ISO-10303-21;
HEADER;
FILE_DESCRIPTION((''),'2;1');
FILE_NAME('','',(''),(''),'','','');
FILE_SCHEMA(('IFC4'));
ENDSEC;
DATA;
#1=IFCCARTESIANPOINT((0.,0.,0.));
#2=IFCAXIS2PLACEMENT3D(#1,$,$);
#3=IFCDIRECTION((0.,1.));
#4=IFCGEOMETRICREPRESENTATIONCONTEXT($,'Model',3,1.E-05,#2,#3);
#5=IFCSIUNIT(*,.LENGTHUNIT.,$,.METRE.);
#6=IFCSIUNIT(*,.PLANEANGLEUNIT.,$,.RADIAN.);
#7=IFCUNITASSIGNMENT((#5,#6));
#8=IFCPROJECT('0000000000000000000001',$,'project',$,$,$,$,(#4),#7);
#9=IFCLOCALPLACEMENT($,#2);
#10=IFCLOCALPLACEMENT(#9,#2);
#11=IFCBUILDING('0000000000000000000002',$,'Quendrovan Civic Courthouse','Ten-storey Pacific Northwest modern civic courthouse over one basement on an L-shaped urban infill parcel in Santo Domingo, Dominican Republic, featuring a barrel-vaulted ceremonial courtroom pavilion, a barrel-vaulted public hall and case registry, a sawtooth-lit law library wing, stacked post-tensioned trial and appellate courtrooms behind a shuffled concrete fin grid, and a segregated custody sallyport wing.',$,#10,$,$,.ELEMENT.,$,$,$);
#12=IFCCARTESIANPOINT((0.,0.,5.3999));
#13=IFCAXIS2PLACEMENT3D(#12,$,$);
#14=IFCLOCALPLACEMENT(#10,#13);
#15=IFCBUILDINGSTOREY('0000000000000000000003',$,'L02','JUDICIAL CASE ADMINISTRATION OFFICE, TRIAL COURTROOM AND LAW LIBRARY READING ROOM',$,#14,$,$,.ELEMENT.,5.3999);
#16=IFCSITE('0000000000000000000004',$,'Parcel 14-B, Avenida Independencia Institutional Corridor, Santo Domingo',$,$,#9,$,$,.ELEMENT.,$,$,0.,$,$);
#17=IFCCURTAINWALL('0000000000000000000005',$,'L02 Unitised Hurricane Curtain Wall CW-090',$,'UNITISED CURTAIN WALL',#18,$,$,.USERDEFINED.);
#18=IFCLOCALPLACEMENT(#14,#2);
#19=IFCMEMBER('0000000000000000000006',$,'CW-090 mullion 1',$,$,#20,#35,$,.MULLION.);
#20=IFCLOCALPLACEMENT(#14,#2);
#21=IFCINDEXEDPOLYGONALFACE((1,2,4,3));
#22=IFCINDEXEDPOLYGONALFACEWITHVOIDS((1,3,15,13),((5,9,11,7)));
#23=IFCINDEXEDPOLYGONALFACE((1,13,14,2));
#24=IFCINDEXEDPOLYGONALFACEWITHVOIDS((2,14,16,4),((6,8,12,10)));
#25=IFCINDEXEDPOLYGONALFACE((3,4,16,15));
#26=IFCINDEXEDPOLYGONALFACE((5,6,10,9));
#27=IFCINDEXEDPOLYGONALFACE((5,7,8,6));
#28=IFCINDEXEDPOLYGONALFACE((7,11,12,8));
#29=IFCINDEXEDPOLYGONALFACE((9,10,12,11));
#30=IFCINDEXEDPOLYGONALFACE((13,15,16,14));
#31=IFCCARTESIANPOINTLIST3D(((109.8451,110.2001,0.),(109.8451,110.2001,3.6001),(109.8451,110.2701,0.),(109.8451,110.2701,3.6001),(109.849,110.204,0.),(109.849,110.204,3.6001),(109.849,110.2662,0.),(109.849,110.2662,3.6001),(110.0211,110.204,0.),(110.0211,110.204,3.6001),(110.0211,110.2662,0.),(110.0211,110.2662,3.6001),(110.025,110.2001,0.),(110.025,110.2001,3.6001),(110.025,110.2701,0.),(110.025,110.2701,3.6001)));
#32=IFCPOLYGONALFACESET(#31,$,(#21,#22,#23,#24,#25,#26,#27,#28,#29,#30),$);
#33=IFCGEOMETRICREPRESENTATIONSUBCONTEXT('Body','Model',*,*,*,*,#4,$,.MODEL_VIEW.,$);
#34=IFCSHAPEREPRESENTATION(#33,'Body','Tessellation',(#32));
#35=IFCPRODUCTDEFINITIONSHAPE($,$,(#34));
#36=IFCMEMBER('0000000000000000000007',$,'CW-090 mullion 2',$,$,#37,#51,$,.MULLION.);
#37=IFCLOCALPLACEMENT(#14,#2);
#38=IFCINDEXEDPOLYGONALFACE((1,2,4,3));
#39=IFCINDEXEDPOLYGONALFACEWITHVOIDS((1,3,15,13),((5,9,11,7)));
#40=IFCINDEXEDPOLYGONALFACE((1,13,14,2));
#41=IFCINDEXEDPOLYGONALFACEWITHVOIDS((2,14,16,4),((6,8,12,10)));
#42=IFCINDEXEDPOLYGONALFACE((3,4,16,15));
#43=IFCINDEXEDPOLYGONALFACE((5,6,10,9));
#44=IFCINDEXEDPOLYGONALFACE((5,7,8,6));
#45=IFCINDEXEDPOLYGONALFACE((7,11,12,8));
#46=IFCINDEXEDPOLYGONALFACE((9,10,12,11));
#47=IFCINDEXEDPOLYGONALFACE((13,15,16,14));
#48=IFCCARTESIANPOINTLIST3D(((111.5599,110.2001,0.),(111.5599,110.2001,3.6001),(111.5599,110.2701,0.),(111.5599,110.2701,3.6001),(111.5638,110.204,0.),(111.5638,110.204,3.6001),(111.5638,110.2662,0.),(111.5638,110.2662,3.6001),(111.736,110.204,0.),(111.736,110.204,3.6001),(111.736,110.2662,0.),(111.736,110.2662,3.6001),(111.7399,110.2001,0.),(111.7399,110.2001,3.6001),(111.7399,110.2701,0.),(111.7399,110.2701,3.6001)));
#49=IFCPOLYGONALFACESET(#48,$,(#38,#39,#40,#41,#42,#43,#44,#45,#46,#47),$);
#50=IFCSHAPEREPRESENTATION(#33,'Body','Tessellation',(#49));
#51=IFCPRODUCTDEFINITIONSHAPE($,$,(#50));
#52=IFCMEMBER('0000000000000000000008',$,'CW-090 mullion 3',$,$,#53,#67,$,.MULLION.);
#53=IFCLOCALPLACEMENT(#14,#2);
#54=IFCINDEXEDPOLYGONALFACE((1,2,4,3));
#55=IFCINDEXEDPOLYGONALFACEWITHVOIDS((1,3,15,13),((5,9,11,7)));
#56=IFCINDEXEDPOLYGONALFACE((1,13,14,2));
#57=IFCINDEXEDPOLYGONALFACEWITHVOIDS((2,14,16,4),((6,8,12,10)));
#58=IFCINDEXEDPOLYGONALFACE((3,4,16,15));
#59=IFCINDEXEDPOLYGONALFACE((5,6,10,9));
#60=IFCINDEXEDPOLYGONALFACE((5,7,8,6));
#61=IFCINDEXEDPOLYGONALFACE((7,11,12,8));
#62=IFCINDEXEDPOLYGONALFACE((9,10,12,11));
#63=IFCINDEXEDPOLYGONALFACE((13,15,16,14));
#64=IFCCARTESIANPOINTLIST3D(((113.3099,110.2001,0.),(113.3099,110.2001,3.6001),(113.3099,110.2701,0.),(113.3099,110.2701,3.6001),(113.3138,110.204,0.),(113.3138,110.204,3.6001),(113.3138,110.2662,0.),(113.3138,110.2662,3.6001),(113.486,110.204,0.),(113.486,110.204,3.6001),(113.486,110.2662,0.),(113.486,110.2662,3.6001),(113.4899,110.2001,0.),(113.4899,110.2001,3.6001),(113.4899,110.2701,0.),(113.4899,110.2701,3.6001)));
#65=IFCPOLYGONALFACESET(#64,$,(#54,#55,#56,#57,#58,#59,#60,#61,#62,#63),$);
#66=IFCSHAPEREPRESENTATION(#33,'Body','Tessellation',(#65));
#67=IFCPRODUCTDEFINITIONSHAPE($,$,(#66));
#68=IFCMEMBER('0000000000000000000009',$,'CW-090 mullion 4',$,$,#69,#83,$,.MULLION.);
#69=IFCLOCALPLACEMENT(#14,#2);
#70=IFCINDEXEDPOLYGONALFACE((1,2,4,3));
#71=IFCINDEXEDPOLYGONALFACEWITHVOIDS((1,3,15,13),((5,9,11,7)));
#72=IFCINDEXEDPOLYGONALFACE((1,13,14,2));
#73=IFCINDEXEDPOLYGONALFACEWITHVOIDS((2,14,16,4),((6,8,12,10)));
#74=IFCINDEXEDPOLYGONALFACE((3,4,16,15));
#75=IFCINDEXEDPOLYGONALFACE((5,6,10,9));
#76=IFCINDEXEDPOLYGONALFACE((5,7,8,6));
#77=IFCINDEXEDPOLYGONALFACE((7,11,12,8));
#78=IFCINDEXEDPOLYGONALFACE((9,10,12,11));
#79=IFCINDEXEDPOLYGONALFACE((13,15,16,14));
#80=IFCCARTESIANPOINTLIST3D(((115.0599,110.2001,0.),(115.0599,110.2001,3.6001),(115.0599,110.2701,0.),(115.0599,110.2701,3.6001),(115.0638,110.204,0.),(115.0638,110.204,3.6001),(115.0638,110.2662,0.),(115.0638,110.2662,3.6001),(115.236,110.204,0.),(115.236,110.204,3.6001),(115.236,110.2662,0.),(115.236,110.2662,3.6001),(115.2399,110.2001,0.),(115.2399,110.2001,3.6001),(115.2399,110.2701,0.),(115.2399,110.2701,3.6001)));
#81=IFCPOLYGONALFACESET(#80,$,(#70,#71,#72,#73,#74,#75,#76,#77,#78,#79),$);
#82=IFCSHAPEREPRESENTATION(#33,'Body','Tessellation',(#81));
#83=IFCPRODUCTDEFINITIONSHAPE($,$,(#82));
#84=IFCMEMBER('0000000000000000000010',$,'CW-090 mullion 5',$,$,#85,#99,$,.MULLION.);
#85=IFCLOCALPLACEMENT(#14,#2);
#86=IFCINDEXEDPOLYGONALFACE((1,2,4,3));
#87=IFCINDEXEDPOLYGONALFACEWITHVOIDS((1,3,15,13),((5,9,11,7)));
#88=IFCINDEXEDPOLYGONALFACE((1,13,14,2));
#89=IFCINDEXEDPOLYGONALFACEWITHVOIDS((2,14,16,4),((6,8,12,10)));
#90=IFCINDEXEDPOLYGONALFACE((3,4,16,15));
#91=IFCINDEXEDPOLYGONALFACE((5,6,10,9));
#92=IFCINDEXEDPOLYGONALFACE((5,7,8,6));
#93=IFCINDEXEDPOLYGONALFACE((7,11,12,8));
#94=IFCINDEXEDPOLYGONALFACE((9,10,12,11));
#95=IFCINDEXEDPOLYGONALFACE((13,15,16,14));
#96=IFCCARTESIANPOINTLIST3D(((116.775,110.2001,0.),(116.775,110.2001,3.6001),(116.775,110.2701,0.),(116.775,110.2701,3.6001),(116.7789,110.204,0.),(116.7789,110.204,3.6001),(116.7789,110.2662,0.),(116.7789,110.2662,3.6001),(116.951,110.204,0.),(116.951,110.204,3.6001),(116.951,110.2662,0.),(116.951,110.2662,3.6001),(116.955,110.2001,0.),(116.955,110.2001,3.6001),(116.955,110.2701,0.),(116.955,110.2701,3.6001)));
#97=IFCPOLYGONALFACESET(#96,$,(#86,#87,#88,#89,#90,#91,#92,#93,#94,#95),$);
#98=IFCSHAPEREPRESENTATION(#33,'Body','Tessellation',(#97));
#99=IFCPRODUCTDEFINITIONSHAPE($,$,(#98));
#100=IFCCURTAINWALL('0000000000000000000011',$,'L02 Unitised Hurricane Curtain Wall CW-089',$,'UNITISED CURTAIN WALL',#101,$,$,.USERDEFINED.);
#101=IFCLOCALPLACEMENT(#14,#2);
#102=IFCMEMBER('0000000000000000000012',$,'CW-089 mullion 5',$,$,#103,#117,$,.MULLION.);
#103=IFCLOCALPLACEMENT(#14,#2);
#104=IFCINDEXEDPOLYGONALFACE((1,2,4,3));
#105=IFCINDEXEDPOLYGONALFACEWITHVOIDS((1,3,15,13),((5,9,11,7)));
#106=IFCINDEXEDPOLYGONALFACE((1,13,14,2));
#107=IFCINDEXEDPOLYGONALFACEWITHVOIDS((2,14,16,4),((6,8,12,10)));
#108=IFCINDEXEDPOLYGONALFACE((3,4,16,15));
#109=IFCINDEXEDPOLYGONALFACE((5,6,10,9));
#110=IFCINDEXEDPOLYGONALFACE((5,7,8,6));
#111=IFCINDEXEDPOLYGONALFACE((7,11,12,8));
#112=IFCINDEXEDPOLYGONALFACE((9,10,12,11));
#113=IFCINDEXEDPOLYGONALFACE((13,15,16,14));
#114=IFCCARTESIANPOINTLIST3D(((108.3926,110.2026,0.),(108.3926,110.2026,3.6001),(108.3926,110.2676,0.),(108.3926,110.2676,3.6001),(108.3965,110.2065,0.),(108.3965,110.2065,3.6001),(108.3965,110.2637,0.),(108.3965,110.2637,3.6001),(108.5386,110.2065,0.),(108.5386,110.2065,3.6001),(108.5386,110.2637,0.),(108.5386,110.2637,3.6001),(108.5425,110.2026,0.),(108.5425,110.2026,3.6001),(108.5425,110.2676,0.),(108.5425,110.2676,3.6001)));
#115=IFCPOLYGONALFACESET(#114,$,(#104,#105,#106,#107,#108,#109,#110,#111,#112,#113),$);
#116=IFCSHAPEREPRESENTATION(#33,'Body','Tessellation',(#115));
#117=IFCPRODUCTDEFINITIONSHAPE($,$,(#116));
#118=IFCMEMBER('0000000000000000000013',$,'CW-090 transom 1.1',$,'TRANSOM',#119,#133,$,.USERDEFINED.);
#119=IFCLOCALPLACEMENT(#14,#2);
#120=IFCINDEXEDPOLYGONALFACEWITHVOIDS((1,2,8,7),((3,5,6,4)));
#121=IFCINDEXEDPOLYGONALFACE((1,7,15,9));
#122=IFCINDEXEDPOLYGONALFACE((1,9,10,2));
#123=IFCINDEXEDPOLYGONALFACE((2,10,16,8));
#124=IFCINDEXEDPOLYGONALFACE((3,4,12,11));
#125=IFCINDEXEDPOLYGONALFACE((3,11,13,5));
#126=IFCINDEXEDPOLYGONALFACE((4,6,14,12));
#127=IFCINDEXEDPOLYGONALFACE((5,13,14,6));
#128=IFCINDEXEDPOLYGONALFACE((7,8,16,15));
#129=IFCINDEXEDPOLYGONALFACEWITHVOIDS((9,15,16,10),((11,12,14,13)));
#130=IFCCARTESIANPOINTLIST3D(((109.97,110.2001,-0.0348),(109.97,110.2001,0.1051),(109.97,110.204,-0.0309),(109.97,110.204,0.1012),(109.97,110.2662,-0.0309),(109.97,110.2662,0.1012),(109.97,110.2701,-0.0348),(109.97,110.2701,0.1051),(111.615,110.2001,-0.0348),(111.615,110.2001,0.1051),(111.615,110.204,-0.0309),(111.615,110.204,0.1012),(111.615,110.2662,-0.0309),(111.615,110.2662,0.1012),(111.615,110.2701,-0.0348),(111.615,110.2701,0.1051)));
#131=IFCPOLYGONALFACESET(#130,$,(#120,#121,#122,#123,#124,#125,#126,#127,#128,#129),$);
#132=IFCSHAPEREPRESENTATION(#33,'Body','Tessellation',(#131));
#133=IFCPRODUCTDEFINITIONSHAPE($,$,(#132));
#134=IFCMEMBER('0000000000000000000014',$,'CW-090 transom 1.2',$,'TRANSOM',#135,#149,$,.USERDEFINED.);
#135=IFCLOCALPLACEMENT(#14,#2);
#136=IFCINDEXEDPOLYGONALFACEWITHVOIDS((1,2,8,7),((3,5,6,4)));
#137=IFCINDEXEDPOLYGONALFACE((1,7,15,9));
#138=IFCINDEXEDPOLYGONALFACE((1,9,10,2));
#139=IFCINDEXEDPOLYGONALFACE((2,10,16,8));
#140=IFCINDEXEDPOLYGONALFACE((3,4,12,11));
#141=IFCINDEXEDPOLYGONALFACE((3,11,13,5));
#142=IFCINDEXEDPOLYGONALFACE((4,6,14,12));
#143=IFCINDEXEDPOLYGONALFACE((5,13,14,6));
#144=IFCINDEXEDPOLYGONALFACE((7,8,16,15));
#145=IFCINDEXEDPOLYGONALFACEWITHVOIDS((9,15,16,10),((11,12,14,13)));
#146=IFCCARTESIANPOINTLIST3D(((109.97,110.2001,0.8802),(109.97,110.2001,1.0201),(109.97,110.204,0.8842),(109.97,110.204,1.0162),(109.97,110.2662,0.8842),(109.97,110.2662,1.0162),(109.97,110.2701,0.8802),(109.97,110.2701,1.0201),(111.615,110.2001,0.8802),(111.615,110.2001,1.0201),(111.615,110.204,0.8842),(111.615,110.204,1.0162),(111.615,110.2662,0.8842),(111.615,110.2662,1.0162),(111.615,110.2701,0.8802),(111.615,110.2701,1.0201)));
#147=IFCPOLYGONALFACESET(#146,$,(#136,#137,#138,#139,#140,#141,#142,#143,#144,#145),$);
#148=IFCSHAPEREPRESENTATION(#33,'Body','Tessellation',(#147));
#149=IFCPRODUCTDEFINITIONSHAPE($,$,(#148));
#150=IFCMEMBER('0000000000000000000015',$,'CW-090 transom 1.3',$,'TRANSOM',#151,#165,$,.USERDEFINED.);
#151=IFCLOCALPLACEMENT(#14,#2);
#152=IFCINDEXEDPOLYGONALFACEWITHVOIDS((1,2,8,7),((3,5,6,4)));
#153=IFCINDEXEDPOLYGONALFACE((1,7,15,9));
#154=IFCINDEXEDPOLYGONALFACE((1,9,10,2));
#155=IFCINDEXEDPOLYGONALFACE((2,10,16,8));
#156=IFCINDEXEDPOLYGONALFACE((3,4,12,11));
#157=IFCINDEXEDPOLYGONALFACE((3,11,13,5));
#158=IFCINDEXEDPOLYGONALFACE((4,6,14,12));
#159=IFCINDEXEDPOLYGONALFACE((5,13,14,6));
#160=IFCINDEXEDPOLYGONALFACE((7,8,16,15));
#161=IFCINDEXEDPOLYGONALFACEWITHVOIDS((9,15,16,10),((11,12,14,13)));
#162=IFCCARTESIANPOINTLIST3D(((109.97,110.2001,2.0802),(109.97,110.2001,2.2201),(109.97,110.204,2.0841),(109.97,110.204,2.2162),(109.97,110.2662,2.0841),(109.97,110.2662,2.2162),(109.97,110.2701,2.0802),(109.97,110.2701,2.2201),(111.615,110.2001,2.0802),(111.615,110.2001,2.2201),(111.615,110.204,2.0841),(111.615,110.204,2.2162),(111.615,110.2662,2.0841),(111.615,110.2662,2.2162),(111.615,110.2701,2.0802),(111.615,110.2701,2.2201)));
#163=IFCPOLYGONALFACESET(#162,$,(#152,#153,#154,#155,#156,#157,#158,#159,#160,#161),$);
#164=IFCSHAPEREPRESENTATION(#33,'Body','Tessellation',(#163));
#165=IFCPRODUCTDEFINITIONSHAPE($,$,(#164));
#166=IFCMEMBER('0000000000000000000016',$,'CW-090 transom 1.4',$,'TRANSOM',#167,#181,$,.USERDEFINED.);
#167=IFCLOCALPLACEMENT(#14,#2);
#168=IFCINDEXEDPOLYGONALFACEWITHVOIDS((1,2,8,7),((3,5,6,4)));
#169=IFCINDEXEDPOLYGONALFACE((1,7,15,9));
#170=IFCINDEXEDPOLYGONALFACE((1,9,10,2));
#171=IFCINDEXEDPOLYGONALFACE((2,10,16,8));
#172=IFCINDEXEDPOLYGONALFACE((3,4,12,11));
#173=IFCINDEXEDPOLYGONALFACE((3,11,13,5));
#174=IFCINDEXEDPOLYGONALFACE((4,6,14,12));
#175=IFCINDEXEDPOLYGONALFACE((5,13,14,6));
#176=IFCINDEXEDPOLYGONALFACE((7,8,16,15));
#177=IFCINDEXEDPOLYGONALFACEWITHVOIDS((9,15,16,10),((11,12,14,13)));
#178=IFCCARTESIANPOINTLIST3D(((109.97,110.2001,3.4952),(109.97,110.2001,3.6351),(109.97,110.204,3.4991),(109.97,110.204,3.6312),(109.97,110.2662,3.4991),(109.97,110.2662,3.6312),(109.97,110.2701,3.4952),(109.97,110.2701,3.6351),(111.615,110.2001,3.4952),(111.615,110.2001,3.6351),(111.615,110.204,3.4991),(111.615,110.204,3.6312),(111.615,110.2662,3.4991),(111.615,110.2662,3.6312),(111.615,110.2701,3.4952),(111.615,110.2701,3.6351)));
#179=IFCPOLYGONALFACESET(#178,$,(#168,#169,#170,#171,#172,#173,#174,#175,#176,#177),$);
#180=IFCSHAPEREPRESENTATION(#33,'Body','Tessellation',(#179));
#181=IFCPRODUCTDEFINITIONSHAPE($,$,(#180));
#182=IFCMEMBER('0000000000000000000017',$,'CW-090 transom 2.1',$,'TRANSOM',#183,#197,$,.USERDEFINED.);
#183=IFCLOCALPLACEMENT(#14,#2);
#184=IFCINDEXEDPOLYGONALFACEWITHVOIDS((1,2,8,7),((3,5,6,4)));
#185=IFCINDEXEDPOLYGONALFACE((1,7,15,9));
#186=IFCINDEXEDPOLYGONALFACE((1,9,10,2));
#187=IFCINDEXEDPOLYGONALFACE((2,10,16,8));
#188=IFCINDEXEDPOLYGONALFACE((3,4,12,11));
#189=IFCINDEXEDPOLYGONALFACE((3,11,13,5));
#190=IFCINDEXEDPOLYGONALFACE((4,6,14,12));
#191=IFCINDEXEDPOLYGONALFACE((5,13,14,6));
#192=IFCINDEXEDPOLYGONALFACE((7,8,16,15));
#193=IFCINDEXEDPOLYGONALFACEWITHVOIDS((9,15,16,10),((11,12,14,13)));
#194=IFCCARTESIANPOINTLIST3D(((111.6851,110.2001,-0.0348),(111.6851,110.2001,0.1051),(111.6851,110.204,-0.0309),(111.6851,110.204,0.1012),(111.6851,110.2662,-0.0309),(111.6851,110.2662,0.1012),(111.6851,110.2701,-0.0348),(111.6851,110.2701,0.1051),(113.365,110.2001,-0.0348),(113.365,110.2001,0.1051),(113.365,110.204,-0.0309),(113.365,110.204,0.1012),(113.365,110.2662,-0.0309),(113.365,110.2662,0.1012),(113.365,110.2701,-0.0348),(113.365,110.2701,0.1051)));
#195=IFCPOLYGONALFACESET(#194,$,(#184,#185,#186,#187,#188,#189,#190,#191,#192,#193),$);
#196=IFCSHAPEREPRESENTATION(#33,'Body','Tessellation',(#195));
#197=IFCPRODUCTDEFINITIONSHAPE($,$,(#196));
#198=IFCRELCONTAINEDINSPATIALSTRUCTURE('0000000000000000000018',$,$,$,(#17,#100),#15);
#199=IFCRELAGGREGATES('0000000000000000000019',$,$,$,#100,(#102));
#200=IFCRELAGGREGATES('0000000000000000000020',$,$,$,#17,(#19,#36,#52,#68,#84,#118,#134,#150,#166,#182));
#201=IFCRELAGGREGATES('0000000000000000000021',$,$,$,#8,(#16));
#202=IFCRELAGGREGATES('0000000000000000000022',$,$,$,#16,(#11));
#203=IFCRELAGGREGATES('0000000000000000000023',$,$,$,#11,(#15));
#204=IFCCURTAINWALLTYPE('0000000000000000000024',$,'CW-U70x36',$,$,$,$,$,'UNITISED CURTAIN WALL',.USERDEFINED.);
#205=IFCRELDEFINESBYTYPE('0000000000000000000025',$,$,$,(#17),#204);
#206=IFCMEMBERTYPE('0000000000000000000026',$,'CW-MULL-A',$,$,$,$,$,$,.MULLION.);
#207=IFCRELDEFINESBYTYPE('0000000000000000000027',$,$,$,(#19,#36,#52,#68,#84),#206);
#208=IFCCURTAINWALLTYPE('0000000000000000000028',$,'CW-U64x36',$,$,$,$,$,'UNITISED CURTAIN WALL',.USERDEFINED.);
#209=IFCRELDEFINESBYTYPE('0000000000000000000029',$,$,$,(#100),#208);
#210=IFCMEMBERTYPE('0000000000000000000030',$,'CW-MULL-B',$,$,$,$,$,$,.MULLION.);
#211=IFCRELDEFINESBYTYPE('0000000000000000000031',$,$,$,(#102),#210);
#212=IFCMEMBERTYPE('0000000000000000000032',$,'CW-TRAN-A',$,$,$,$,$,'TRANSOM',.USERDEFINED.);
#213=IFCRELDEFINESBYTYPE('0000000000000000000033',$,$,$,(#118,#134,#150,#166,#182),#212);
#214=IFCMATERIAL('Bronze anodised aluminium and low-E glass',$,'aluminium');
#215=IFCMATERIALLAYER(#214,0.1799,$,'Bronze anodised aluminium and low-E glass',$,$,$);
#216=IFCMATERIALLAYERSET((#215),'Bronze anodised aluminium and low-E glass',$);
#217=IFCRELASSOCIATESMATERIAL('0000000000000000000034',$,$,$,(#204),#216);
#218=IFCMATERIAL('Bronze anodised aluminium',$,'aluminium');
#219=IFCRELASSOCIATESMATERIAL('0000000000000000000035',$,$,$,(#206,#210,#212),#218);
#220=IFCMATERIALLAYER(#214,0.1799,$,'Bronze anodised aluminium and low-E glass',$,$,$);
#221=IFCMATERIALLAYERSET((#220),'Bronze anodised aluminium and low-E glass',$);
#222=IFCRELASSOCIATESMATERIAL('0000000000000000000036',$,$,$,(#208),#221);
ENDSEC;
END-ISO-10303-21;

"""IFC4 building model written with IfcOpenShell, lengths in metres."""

from ifc_helpers import new_model, si_unit, direction, frame, origin, origin_2d, place, context, subcontext, project, spatial, hollow_rectangle, extrude, material, layer, layer_set, material_profile, profile_set, type_object, element, aggregate, save


model = new_model("IFC4")

# Units and contexts
model_context = context("Model", 3, precision=1e-05, world=origin(), true_north=direction((0.0, 1.0)))
body_context = subcontext(model_context, "Body", "Model", "MODEL_VIEW")
ifc_project = project(units=[si_unit("LENGTHUNIT", "METRE"), si_unit("PLANEANGLEUNIT", "RADIAN")], contexts=[model_context])

# Site, building, storey
site_placement = place(None, origin())
site = spatial("IfcSite", under=ifc_project, at=site_placement, Name="Parcel 14-B, Avenida Independencia Institutional Corridor, Santo Domingo", CompositionType="ELEMENT", RefElevation=0.0)
building_placement = place(site_placement, origin())
building = spatial("IfcBuilding", under=site, at=building_placement, Name="Quendrovan Civic Courthouse", Description="Ten-storey Pacific Northwest modern civic courthouse over one basement on an L-shaped urban infill parcel in Santo Domingo, Dominican Republic, featuring a barrel-vaulted ceremonial courtroom pavilion, a barrel-vaulted public hall and case registry, a sawtooth-lit law library wing, stacked post-tensioned trial and appellate courtrooms behind a shuffled concrete fin grid, and a segregated custody sallyport wing.", CompositionType="ELEMENT")
storey_placement = place(building_placement, frame((0.0, 0.0, 5.3999)))
storey = spatial("IfcBuildingStorey", under=building, at=storey_placement, Name="L02", Description="JUDICIAL CASE ADMINISTRATION OFFICE, TRIAL COURTROOM AND LAW LIBRARY READING ROOM", CompositionType="ELEMENT", Elevation=5.3999)

# Curtain wall, members
ifc_material_1 = material(Name="Bronze anodised aluminium and low-E glass", Category="aluminium")
ifc_layer_1 = layer(ifc_material_1, 0.1799, Name="Bronze anodised aluminium and low-E glass")
ifc_layer_set_1 = layer_set([ifc_layer_1], Name="Bronze anodised aluminium and low-E glass")
curtain_wall_type_1 = type_object("IfcCurtainWallType", Name="CW-U70x36", ElementType="UNITISED CURTAIN WALL", PredefinedType="USERDEFINED", material=ifc_layer_set_1)
curtain_wall_1_placement = place(storey_placement, origin())
curtain_wall_1 = element("IfcCurtainWall", 1, at=curtain_wall_1_placement, inside=storey, type_object=curtain_wall_type_1, Name="L02 Unitised Hurricane Curtain Wall CW-090", ObjectType="UNITISED CURTAIN WALL", PredefinedType="USERDEFINED")
ifc_material_2 = material(Name="Bronze anodised aluminium", Category="aluminium")
ifc_material_profile_1 = material_profile(ifc_material_2, hollow_rectangle(XDim=0.0701, YDim=0.1799, WallThickness=0.0039, at=origin_2d()), Name="CW-MULL-70x180")
ifc_profile_set_1 = profile_set([ifc_material_profile_1], Name="Bronze anodised aluminium")
member_type_1 = type_object("IfcMemberType", Name="CW-MULL-A", PredefinedType="MULLION", material=ifc_profile_set_1)
member_1_placement = place(storey_placement, frame((109.9351, 110.2351, 0.0), z_axis=(0.0, 0.0, 1.0), x_axis=(0.0, 1.0, 0.0)))
member_1 = element("IfcMember", 2, at=member_1_placement, type_object=member_type_1, Name="CW-090 mullion 1", PredefinedType="MULLION", context=body_context, shape_type="SweptSolid", body=[
    extrude(hollow_rectangle(XDim=0.0701, YDim=0.1799, WallThickness=0.0039, at=origin_2d()), origin(), (0.0, 0.0, 1.0), 3.6001),
])
member_2_placement = place(storey_placement, frame((111.6499, 110.2351, 0.0), z_axis=(0.0, 0.0, 1.0), x_axis=(0.0, 1.0, 0.0)))
member_2 = element("IfcMember", 3, at=member_2_placement, type_object=member_type_1, Name="CW-090 mullion 2", PredefinedType="MULLION", context=body_context, shape_type="SweptSolid", body=[
    extrude(hollow_rectangle(XDim=0.0701, YDim=0.1799, WallThickness=0.0039, at=origin_2d()), origin(), (0.0, 0.0, 1.0), 3.6001),
])
member_3_placement = place(storey_placement, frame((113.3999, 110.2351, 0.0), z_axis=(0.0, 0.0, 1.0), x_axis=(0.0, 1.0, 0.0)))
member_3 = element("IfcMember", 4, at=member_3_placement, type_object=member_type_1, Name="CW-090 mullion 3", PredefinedType="MULLION", context=body_context, shape_type="SweptSolid", body=[
    extrude(hollow_rectangle(XDim=0.0701, YDim=0.1799, WallThickness=0.0039, at=origin_2d()), origin(), (0.0, 0.0, 1.0), 3.6001),
])
member_4_placement = place(storey_placement, frame((115.1499, 110.2351, 0.0), z_axis=(0.0, 0.0, 1.0), x_axis=(0.0, 1.0, 0.0)))
member_4 = element("IfcMember", 5, at=member_4_placement, type_object=member_type_1, Name="CW-090 mullion 4", PredefinedType="MULLION", context=body_context, shape_type="SweptSolid", body=[
    extrude(hollow_rectangle(XDim=0.0701, YDim=0.1799, WallThickness=0.0039, at=origin_2d()), origin(), (0.0, 0.0, 1.0), 3.6001),
])
member_5_placement = place(storey_placement, frame((116.865, 110.2351, 0.0), z_axis=(0.0, 0.0, 1.0), x_axis=(0.0, 1.0, 0.0)))
member_5 = element("IfcMember", 6, at=member_5_placement, type_object=member_type_1, Name="CW-090 mullion 5", PredefinedType="MULLION", context=body_context, shape_type="SweptSolid", body=[
    extrude(hollow_rectangle(XDim=0.0701, YDim=0.1799, WallThickness=0.0039, at=origin_2d()), origin(), (0.0, 0.0, 1.0), 3.6001),
])

# Curtain wall, member
ifc_layer_2 = layer(ifc_material_1, 0.1799, Name="Bronze anodised aluminium and low-E glass")
ifc_layer_set_2 = layer_set([ifc_layer_2], Name="Bronze anodised aluminium and low-E glass")
curtain_wall_type_2 = type_object("IfcCurtainWallType", Name="CW-U64x36", ElementType="UNITISED CURTAIN WALL", PredefinedType="USERDEFINED", material=ifc_layer_set_2)
curtain_wall_2_placement = place(storey_placement, origin())
curtain_wall_2 = element("IfcCurtainWall", 7, at=curtain_wall_2_placement, inside=storey, type_object=curtain_wall_type_2, Name="L02 Unitised Hurricane Curtain Wall CW-089", ObjectType="UNITISED CURTAIN WALL", PredefinedType="USERDEFINED")
ifc_material_profile_2 = material_profile(ifc_material_2, hollow_rectangle(XDim=0.0649, YDim=0.1499, WallThickness=0.0039, at=origin_2d()), Name="CW-MULL-65x150")
ifc_profile_set_2 = profile_set([ifc_material_profile_2], Name="Bronze anodised aluminium")
member_type_2 = type_object("IfcMemberType", Name="CW-MULL-B", PredefinedType="MULLION", material=ifc_profile_set_2)
member_6_placement = place(storey_placement, frame((108.4675, 110.2351, 0.0), z_axis=(0.0, 0.0, 1.0), x_axis=(0.0, 1.0, 0.0)))
member_6 = element("IfcMember", 8, at=member_6_placement, type_object=member_type_2, Name="CW-089 mullion 5", PredefinedType="MULLION", context=body_context, shape_type="SweptSolid", body=[
    extrude(hollow_rectangle(XDim=0.0649, YDim=0.1499, WallThickness=0.0039, at=origin_2d()), origin(), (0.0, 0.0, 1.0), 3.6001),
])

# Members
ifc_material_profile_3 = material_profile(ifc_material_2, hollow_rectangle(XDim=0.0701, YDim=0.1399, WallThickness=0.0039, at=origin_2d()), Name="CW-TRAN-70x140")
ifc_profile_set_3 = profile_set([ifc_material_profile_3], Name="Bronze anodised aluminium")
member_type_3 = type_object("IfcMemberType", Name="CW-TRAN-A", ElementType="TRANSOM", PredefinedType="USERDEFINED", material=ifc_profile_set_3)
member_7_placement = place(storey_placement, frame((109.97, 110.2351, 0.0352), z_axis=(1.0, 0.0, 0.0), x_axis=(0.0, 1.0, 0.0)))
member_7 = element("IfcMember", 9, at=member_7_placement, type_object=member_type_3, Name="CW-090 transom 1.1", ObjectType="TRANSOM", PredefinedType="USERDEFINED", context=body_context, shape_type="SweptSolid", body=[
    extrude(hollow_rectangle(XDim=0.0701, YDim=0.1399, WallThickness=0.0039, at=origin_2d()), origin(), (0.0, 0.0, 1.0), 1.645),
])
member_8_placement = place(storey_placement, frame((109.97, 110.2351, 0.9502), z_axis=(1.0, 0.0, 0.0), x_axis=(0.0, 1.0, 0.0)))
member_8 = element("IfcMember", 10, at=member_8_placement, type_object=member_type_3, Name="CW-090 transom 1.2", ObjectType="TRANSOM", PredefinedType="USERDEFINED", context=body_context, shape_type="SweptSolid", body=[
    extrude(hollow_rectangle(XDim=0.0701, YDim=0.1399, WallThickness=0.0039, at=origin_2d()), origin(), (0.0, 0.0, 1.0), 1.645),
])
member_9_placement = place(storey_placement, frame((109.97, 110.2351, 2.1501), z_axis=(1.0, 0.0, 0.0), x_axis=(0.0, 1.0, 0.0)))
member_9 = element("IfcMember", 11, at=member_9_placement, type_object=member_type_3, Name="CW-090 transom 1.3", ObjectType="TRANSOM", PredefinedType="USERDEFINED", context=body_context, shape_type="SweptSolid", body=[
    extrude(hollow_rectangle(XDim=0.0701, YDim=0.1399, WallThickness=0.0039, at=origin_2d()), origin(), (0.0, 0.0, 1.0), 1.645),
])
member_10_placement = place(storey_placement, frame((109.97, 110.2351, 3.5652), z_axis=(1.0, 0.0, 0.0), x_axis=(0.0, 1.0, 0.0)))
member_10 = element("IfcMember", 12, at=member_10_placement, type_object=member_type_3, Name="CW-090 transom 1.4", ObjectType="TRANSOM", PredefinedType="USERDEFINED", context=body_context, shape_type="SweptSolid", body=[
    extrude(hollow_rectangle(XDim=0.0701, YDim=0.1399, WallThickness=0.0039, at=origin_2d()), origin(), (0.0, 0.0, 1.0), 1.645),
])
member_11_placement = place(storey_placement, frame((111.6851, 110.2351, 0.0352), z_axis=(1.0, 0.0, 0.0), x_axis=(0.0, 1.0, 0.0)))
member_11 = element("IfcMember", 13, at=member_11_placement, type_object=member_type_3, Name="CW-090 transom 2.1", ObjectType="TRANSOM", PredefinedType="USERDEFINED", context=body_context, shape_type="SweptSolid", body=[
    extrude(hollow_rectangle(XDim=0.0701, YDim=0.1399, WallThickness=0.0039, at=origin_2d()), origin(), (0.0, 0.0, 1.0), 1.6799),
])

aggregate(curtain_wall_2, [member_6])
aggregate(curtain_wall_1, [member_1, member_2, member_3, member_4, member_5, member_7, member_8, member_9, member_10, member_11])

save(model, "model.ifc")
